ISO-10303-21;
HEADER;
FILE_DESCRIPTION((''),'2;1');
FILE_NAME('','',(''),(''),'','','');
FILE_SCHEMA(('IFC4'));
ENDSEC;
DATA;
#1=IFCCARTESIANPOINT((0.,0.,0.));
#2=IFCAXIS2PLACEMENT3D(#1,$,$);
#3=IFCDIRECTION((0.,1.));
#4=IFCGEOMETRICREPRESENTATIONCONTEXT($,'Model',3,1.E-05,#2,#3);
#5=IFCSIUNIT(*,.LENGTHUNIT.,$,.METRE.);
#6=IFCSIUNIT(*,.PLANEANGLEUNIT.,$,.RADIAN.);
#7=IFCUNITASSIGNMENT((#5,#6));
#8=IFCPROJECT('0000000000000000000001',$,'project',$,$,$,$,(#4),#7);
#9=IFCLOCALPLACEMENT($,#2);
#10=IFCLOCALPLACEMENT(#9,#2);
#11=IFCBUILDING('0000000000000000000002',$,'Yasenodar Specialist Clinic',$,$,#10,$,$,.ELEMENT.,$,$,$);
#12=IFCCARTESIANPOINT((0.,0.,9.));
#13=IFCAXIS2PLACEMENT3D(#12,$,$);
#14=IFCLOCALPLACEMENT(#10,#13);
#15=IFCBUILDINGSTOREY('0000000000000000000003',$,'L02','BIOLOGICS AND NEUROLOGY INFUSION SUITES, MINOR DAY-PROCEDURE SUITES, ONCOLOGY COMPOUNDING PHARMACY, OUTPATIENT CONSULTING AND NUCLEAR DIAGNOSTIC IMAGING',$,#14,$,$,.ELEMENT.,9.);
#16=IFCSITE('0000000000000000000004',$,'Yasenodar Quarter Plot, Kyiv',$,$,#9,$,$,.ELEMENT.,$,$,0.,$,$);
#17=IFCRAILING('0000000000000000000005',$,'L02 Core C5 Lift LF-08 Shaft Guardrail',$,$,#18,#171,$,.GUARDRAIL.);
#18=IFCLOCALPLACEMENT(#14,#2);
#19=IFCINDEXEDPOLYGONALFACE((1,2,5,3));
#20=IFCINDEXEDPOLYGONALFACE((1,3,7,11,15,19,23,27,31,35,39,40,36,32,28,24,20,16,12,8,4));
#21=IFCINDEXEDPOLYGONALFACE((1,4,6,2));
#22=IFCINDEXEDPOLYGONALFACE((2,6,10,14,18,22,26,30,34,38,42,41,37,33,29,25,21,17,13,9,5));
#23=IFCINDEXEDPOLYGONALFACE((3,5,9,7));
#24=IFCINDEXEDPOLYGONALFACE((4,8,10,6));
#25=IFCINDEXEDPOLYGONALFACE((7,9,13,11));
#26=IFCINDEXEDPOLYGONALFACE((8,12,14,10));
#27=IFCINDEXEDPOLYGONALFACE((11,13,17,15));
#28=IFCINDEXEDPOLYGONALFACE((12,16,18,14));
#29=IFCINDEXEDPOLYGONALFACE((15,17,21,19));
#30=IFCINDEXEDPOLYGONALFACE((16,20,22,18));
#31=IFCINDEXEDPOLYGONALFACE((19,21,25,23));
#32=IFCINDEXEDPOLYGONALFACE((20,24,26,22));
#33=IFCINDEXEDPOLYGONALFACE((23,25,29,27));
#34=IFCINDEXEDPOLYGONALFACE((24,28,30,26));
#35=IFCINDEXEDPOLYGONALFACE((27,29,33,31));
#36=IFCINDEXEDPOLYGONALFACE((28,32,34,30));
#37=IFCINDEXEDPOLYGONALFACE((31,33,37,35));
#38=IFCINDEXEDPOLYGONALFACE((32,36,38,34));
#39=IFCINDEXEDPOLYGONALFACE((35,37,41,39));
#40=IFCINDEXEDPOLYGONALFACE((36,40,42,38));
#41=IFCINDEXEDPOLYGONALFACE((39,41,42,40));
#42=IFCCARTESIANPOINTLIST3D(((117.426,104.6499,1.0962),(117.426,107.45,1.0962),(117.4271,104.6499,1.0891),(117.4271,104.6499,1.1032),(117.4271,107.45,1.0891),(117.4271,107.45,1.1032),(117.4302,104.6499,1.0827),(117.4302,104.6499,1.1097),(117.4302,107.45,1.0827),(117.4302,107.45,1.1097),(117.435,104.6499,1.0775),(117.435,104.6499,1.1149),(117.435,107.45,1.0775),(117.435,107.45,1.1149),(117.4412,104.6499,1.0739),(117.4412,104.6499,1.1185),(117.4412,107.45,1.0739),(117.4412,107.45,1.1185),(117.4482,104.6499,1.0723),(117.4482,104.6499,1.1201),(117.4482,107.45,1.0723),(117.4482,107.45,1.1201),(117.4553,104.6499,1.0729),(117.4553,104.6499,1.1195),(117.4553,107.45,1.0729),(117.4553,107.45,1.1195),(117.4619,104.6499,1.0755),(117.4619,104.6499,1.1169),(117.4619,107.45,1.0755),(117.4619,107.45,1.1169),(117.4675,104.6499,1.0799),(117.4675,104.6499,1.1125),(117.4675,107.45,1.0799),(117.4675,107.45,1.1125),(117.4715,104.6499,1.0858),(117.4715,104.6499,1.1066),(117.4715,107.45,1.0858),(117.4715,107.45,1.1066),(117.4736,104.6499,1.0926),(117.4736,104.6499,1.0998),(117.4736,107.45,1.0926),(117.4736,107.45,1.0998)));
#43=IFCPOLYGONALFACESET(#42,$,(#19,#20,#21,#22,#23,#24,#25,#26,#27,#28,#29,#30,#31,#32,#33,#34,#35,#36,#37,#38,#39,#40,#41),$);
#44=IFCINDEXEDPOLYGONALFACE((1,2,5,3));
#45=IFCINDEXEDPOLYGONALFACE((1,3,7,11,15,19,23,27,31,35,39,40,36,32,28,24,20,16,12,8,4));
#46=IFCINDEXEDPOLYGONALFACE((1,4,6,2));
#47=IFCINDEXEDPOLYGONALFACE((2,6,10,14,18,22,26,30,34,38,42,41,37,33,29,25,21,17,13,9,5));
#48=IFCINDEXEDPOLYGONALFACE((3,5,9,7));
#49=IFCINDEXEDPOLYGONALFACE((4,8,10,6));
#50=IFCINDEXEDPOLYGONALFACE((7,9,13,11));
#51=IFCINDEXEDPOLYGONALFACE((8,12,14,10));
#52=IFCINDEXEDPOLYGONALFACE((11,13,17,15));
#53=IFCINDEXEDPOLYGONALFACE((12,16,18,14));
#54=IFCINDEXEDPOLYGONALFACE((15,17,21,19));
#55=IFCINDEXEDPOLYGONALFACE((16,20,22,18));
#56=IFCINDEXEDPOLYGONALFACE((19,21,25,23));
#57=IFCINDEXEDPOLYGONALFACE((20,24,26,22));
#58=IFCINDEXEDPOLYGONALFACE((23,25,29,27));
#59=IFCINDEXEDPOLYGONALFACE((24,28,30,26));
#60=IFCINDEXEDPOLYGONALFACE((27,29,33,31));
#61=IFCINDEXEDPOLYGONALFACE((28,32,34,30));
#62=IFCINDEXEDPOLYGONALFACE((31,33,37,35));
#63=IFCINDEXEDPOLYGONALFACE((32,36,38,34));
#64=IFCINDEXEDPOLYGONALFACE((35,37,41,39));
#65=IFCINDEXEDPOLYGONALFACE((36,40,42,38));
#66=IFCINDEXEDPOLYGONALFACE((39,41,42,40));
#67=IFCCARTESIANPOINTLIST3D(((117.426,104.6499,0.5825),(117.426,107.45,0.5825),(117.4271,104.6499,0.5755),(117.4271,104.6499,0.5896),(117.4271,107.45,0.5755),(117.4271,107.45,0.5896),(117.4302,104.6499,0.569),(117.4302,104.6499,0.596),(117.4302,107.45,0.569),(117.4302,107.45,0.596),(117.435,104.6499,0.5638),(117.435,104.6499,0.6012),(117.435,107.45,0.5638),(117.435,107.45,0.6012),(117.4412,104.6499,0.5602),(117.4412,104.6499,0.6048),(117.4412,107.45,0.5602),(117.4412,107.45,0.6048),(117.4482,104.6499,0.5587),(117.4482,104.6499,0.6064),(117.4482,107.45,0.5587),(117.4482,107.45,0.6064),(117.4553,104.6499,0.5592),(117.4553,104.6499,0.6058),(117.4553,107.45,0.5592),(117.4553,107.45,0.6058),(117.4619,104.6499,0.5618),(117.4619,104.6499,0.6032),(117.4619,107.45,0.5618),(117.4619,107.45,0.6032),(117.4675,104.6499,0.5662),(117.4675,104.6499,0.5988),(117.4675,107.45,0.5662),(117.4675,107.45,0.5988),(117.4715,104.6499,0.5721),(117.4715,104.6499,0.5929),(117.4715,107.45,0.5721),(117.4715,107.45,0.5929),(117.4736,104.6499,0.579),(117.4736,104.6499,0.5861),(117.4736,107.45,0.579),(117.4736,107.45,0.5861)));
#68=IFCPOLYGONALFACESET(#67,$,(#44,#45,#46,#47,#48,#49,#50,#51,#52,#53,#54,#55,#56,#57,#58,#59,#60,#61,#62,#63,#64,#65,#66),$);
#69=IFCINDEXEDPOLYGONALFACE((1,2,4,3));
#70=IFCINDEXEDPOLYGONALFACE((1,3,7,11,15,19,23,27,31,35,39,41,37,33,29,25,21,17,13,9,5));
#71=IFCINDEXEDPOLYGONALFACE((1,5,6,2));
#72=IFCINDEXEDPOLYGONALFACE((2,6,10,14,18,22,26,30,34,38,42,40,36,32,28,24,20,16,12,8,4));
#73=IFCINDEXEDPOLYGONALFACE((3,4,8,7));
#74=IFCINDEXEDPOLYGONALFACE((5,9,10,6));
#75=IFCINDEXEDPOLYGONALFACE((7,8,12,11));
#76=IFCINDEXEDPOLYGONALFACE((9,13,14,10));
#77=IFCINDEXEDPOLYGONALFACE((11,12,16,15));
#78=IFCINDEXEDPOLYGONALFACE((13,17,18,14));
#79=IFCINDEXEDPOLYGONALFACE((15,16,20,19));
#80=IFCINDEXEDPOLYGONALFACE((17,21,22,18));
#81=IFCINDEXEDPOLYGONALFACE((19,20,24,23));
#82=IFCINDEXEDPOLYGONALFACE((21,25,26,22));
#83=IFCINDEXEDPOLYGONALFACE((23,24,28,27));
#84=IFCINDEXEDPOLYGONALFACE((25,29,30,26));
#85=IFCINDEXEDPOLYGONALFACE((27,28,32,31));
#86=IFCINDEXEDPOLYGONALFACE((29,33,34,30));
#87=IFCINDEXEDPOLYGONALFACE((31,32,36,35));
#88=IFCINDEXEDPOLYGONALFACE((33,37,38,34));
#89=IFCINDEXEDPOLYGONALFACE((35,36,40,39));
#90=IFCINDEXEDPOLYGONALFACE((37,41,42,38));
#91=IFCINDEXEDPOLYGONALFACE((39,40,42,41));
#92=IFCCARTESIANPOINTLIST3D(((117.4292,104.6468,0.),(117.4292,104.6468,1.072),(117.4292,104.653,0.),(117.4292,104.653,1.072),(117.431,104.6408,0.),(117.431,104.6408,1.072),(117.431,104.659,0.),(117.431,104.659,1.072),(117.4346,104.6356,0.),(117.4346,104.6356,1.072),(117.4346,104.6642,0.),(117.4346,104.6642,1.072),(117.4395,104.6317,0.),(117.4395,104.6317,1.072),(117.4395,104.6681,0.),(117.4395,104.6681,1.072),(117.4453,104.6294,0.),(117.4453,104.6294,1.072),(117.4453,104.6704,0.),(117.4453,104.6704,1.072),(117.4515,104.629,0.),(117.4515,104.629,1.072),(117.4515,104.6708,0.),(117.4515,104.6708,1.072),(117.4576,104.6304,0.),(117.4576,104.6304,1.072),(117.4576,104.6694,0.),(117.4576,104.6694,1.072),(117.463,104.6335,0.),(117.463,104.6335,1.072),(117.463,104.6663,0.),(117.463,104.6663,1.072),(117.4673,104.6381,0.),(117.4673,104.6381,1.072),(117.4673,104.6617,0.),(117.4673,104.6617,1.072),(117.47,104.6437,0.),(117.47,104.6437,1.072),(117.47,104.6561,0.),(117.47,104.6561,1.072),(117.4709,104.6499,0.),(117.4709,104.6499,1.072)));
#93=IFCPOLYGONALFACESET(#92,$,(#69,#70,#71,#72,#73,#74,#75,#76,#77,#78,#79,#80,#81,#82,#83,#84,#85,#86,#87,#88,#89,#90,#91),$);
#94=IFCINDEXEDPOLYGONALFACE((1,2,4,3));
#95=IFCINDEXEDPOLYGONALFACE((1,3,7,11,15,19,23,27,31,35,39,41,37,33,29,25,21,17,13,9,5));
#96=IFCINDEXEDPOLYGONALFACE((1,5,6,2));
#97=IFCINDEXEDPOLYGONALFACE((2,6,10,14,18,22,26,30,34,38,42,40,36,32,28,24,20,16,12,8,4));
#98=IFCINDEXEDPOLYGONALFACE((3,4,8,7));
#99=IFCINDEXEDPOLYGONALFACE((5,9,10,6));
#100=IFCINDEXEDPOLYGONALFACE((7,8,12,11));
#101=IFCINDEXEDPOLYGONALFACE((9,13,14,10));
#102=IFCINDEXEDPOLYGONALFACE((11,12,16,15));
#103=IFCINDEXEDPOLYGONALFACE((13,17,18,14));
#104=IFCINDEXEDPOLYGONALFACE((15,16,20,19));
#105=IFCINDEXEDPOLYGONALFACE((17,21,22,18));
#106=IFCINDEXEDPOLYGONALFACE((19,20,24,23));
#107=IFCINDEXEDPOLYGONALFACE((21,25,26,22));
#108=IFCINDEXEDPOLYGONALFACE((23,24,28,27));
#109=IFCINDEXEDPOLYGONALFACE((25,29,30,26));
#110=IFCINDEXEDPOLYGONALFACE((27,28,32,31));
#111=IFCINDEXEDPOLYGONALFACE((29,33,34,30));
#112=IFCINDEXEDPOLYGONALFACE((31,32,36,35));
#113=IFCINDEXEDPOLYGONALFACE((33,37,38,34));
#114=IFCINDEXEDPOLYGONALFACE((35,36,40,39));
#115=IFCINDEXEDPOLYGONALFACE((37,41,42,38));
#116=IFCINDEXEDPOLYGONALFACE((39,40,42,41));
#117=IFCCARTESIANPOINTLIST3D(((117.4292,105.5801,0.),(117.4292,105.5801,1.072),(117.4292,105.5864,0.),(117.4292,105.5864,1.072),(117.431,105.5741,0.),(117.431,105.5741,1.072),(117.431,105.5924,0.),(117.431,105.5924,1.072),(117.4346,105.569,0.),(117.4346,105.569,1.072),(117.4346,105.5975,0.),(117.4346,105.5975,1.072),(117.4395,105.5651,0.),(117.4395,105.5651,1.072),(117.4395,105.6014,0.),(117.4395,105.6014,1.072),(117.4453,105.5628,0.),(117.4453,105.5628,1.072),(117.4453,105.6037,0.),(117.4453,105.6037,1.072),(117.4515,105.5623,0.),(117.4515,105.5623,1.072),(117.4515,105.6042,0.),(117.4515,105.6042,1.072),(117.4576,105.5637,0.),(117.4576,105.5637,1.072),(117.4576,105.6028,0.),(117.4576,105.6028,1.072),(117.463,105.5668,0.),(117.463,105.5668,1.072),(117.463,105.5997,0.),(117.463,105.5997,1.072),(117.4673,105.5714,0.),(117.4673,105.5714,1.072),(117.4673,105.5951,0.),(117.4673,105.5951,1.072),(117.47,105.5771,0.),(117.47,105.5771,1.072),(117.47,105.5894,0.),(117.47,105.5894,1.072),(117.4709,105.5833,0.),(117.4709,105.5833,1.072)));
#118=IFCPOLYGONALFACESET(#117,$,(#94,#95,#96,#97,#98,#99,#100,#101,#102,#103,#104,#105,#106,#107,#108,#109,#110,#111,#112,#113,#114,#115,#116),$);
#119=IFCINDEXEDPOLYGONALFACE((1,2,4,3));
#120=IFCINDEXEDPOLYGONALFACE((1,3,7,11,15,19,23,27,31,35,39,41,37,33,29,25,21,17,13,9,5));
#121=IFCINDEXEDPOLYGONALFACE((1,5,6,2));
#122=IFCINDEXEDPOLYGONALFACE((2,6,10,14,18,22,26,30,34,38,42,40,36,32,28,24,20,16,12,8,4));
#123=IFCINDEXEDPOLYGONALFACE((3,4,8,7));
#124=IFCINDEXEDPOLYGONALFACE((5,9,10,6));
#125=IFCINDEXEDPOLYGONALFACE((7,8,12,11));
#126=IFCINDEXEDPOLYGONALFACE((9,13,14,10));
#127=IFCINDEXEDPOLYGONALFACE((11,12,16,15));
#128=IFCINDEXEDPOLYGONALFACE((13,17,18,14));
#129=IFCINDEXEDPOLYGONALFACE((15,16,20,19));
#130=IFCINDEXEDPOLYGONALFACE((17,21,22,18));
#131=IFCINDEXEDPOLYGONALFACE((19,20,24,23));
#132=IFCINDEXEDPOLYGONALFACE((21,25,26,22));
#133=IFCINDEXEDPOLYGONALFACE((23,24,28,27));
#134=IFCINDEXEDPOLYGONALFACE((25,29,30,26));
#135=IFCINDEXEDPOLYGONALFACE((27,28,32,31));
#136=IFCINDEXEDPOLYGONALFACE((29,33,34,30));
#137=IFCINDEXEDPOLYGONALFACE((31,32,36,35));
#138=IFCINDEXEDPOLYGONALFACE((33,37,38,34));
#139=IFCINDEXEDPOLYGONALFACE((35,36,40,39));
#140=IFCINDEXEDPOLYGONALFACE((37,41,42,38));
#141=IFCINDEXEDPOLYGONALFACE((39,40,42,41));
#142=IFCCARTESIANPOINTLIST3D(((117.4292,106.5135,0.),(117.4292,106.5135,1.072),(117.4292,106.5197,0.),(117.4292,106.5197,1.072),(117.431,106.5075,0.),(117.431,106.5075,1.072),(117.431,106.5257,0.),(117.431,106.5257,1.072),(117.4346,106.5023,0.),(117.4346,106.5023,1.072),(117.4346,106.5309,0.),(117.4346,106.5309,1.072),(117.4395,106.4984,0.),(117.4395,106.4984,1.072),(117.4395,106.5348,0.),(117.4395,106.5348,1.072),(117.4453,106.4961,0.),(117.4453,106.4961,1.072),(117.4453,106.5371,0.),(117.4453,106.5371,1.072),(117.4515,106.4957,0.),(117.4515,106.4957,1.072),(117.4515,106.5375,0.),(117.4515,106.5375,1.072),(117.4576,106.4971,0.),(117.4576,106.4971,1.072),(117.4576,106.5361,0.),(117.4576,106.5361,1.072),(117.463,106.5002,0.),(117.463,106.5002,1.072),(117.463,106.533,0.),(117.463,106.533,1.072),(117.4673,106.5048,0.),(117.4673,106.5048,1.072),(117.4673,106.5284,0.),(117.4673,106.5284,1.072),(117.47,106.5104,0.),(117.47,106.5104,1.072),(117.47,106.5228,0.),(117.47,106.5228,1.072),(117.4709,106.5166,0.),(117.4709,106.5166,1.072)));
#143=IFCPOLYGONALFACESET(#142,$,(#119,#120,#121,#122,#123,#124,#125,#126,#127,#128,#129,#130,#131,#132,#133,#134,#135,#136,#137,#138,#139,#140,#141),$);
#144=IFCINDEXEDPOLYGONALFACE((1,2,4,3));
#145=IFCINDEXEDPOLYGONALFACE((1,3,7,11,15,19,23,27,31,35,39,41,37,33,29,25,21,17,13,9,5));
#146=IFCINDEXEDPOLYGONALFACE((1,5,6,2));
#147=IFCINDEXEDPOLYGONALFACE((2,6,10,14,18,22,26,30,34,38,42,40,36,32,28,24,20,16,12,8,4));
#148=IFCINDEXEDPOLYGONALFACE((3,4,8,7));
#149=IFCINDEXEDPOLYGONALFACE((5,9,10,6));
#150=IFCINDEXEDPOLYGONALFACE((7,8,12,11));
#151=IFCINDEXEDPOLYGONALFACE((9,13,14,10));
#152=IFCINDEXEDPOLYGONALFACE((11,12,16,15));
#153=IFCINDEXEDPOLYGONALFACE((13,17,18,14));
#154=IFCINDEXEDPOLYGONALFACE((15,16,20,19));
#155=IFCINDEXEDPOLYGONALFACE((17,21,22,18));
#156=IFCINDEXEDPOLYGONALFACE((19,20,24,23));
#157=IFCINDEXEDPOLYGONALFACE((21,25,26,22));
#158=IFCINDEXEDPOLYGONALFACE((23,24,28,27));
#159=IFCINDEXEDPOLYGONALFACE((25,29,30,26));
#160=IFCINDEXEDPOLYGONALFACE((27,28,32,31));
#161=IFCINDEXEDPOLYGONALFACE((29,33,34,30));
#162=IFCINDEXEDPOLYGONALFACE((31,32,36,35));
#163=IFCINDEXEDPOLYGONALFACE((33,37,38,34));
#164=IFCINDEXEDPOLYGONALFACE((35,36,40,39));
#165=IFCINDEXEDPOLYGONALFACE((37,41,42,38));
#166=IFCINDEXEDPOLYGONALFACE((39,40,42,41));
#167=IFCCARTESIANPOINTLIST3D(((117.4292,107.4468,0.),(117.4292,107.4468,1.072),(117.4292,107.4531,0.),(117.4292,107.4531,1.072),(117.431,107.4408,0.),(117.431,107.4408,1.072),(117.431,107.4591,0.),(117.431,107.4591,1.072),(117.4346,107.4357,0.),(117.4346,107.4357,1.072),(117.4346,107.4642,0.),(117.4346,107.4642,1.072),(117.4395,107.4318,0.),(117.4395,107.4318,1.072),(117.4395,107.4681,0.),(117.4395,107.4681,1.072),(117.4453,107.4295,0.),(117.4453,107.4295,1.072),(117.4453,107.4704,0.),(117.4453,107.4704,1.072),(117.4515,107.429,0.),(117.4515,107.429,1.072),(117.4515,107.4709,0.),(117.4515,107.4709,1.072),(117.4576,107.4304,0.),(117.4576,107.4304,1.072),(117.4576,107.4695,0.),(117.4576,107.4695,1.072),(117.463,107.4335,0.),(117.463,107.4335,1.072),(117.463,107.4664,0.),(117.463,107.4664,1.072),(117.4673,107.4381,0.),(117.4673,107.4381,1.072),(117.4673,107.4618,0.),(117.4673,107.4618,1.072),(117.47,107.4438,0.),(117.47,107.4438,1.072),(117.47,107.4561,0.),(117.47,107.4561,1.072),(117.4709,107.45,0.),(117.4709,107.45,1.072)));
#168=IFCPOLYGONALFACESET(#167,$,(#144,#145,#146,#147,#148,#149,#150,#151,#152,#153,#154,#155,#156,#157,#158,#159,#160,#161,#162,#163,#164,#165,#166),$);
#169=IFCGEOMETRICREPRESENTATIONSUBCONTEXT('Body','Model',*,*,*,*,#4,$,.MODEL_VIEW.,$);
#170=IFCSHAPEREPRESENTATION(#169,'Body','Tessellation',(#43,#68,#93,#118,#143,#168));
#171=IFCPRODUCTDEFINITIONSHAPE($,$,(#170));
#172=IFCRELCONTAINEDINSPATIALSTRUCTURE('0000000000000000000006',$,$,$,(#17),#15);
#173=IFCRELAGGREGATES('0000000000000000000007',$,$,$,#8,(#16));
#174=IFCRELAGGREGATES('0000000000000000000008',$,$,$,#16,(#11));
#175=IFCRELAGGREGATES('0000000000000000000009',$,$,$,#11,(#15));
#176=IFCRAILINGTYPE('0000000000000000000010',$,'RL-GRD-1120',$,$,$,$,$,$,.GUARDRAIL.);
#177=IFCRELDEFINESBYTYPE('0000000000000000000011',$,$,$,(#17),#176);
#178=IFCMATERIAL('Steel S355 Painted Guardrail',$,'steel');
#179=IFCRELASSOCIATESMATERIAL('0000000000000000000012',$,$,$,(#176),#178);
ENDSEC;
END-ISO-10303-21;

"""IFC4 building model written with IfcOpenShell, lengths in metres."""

from ifc_helpers import new_model, si_unit, direction, frame, origin, origin_2d, place, context, subcontext, project, spatial, circle, extrude, material, type_object, element, save


model = new_model("IFC4")

# Units and contexts
model_context = context("Model", 3, precision=1e-05, world=origin(), true_north=direction((0.0, 1.0)))
body_context = subcontext(model_context, "Body", "Model", "MODEL_VIEW")
ifc_project = project(units=[si_unit("LENGTHUNIT", "METRE"), si_unit("PLANEANGLEUNIT", "RADIAN")], contexts=[model_context])

# Site, building, storey
site_placement = place(None, origin())
site = spatial("IfcSite", under=ifc_project, at=site_placement, Name="Yasenodar Quarter Plot, Kyiv", CompositionType="ELEMENT", RefElevation=0.0)
building_placement = place(site_placement, origin())
building = spatial("IfcBuilding", under=site, at=building_placement, Name="Yasenodar Specialist Clinic", CompositionType="ELEMENT")
storey_placement = place(building_placement, frame((0.0, 0.0, 9.0)))
storey = spatial("IfcBuildingStorey", under=building, at=storey_placement, Name="L02", Description="BIOLOGICS AND NEUROLOGY INFUSION SUITES, MINOR DAY-PROCEDURE SUITES, ONCOLOGY COMPOUNDING PHARMACY, OUTPATIENT CONSULTING AND NUCLEAR DIAGNOSTIC IMAGING", CompositionType="ELEMENT", Elevation=9.0)

# Railing
ifc_material_1 = material(Name="Steel S355 Painted Guardrail", Category="steel")
railing_type_1 = type_object("IfcRailingType", Name="RL-GRD-1120", PredefinedType="GUARDRAIL", material=ifc_material_1)
railing_1_placement = place(storey_placement, frame((117.45, 104.6499, 0.0)))
element("IfcRailing", 1, at=railing_1_placement, inside=storey, type_object=railing_type_1, Name="L02 Core C5 Lift LF-08 Shaft Guardrail", PredefinedType="GUARDRAIL", context=body_context, shape_type="SweptSolid", body=[
    extrude(circle(Radius=0.0239, at=origin_2d()), frame((0.0, 0.0, 1.0962), z_axis=(0.0, 1.0, 0.0), x_axis=(-1.0, 0.0, 0.0)), (0.0, 0.0, 1.0), 2.8),
    extrude(circle(Radius=0.0239, at=origin_2d()), frame((0.0, 0.0, 0.5825), z_axis=(0.0, 1.0, 0.0), x_axis=(-1.0, 0.0, 0.0)), (0.0, 0.0, 1.0), 2.8),
    extrude(circle(Radius=0.021, at=origin_2d()), origin(), (0.0, 0.0, 1.0), 1.072),
    extrude(circle(Radius=0.021, at=origin_2d()), frame((0.0, 0.9333, 0.0)), (0.0, 0.0, 1.0), 1.072),
    extrude(circle(Radius=0.021, at=origin_2d()), frame((0.0, 1.8667, 0.0)), (0.0, 0.0, 1.0), 1.072),
    extrude(circle(Radius=0.021, at=origin_2d()), frame((0.0, 2.8, 0.0)), (0.0, 0.0, 1.0), 1.072),
])

save(model, "model.ifc")
